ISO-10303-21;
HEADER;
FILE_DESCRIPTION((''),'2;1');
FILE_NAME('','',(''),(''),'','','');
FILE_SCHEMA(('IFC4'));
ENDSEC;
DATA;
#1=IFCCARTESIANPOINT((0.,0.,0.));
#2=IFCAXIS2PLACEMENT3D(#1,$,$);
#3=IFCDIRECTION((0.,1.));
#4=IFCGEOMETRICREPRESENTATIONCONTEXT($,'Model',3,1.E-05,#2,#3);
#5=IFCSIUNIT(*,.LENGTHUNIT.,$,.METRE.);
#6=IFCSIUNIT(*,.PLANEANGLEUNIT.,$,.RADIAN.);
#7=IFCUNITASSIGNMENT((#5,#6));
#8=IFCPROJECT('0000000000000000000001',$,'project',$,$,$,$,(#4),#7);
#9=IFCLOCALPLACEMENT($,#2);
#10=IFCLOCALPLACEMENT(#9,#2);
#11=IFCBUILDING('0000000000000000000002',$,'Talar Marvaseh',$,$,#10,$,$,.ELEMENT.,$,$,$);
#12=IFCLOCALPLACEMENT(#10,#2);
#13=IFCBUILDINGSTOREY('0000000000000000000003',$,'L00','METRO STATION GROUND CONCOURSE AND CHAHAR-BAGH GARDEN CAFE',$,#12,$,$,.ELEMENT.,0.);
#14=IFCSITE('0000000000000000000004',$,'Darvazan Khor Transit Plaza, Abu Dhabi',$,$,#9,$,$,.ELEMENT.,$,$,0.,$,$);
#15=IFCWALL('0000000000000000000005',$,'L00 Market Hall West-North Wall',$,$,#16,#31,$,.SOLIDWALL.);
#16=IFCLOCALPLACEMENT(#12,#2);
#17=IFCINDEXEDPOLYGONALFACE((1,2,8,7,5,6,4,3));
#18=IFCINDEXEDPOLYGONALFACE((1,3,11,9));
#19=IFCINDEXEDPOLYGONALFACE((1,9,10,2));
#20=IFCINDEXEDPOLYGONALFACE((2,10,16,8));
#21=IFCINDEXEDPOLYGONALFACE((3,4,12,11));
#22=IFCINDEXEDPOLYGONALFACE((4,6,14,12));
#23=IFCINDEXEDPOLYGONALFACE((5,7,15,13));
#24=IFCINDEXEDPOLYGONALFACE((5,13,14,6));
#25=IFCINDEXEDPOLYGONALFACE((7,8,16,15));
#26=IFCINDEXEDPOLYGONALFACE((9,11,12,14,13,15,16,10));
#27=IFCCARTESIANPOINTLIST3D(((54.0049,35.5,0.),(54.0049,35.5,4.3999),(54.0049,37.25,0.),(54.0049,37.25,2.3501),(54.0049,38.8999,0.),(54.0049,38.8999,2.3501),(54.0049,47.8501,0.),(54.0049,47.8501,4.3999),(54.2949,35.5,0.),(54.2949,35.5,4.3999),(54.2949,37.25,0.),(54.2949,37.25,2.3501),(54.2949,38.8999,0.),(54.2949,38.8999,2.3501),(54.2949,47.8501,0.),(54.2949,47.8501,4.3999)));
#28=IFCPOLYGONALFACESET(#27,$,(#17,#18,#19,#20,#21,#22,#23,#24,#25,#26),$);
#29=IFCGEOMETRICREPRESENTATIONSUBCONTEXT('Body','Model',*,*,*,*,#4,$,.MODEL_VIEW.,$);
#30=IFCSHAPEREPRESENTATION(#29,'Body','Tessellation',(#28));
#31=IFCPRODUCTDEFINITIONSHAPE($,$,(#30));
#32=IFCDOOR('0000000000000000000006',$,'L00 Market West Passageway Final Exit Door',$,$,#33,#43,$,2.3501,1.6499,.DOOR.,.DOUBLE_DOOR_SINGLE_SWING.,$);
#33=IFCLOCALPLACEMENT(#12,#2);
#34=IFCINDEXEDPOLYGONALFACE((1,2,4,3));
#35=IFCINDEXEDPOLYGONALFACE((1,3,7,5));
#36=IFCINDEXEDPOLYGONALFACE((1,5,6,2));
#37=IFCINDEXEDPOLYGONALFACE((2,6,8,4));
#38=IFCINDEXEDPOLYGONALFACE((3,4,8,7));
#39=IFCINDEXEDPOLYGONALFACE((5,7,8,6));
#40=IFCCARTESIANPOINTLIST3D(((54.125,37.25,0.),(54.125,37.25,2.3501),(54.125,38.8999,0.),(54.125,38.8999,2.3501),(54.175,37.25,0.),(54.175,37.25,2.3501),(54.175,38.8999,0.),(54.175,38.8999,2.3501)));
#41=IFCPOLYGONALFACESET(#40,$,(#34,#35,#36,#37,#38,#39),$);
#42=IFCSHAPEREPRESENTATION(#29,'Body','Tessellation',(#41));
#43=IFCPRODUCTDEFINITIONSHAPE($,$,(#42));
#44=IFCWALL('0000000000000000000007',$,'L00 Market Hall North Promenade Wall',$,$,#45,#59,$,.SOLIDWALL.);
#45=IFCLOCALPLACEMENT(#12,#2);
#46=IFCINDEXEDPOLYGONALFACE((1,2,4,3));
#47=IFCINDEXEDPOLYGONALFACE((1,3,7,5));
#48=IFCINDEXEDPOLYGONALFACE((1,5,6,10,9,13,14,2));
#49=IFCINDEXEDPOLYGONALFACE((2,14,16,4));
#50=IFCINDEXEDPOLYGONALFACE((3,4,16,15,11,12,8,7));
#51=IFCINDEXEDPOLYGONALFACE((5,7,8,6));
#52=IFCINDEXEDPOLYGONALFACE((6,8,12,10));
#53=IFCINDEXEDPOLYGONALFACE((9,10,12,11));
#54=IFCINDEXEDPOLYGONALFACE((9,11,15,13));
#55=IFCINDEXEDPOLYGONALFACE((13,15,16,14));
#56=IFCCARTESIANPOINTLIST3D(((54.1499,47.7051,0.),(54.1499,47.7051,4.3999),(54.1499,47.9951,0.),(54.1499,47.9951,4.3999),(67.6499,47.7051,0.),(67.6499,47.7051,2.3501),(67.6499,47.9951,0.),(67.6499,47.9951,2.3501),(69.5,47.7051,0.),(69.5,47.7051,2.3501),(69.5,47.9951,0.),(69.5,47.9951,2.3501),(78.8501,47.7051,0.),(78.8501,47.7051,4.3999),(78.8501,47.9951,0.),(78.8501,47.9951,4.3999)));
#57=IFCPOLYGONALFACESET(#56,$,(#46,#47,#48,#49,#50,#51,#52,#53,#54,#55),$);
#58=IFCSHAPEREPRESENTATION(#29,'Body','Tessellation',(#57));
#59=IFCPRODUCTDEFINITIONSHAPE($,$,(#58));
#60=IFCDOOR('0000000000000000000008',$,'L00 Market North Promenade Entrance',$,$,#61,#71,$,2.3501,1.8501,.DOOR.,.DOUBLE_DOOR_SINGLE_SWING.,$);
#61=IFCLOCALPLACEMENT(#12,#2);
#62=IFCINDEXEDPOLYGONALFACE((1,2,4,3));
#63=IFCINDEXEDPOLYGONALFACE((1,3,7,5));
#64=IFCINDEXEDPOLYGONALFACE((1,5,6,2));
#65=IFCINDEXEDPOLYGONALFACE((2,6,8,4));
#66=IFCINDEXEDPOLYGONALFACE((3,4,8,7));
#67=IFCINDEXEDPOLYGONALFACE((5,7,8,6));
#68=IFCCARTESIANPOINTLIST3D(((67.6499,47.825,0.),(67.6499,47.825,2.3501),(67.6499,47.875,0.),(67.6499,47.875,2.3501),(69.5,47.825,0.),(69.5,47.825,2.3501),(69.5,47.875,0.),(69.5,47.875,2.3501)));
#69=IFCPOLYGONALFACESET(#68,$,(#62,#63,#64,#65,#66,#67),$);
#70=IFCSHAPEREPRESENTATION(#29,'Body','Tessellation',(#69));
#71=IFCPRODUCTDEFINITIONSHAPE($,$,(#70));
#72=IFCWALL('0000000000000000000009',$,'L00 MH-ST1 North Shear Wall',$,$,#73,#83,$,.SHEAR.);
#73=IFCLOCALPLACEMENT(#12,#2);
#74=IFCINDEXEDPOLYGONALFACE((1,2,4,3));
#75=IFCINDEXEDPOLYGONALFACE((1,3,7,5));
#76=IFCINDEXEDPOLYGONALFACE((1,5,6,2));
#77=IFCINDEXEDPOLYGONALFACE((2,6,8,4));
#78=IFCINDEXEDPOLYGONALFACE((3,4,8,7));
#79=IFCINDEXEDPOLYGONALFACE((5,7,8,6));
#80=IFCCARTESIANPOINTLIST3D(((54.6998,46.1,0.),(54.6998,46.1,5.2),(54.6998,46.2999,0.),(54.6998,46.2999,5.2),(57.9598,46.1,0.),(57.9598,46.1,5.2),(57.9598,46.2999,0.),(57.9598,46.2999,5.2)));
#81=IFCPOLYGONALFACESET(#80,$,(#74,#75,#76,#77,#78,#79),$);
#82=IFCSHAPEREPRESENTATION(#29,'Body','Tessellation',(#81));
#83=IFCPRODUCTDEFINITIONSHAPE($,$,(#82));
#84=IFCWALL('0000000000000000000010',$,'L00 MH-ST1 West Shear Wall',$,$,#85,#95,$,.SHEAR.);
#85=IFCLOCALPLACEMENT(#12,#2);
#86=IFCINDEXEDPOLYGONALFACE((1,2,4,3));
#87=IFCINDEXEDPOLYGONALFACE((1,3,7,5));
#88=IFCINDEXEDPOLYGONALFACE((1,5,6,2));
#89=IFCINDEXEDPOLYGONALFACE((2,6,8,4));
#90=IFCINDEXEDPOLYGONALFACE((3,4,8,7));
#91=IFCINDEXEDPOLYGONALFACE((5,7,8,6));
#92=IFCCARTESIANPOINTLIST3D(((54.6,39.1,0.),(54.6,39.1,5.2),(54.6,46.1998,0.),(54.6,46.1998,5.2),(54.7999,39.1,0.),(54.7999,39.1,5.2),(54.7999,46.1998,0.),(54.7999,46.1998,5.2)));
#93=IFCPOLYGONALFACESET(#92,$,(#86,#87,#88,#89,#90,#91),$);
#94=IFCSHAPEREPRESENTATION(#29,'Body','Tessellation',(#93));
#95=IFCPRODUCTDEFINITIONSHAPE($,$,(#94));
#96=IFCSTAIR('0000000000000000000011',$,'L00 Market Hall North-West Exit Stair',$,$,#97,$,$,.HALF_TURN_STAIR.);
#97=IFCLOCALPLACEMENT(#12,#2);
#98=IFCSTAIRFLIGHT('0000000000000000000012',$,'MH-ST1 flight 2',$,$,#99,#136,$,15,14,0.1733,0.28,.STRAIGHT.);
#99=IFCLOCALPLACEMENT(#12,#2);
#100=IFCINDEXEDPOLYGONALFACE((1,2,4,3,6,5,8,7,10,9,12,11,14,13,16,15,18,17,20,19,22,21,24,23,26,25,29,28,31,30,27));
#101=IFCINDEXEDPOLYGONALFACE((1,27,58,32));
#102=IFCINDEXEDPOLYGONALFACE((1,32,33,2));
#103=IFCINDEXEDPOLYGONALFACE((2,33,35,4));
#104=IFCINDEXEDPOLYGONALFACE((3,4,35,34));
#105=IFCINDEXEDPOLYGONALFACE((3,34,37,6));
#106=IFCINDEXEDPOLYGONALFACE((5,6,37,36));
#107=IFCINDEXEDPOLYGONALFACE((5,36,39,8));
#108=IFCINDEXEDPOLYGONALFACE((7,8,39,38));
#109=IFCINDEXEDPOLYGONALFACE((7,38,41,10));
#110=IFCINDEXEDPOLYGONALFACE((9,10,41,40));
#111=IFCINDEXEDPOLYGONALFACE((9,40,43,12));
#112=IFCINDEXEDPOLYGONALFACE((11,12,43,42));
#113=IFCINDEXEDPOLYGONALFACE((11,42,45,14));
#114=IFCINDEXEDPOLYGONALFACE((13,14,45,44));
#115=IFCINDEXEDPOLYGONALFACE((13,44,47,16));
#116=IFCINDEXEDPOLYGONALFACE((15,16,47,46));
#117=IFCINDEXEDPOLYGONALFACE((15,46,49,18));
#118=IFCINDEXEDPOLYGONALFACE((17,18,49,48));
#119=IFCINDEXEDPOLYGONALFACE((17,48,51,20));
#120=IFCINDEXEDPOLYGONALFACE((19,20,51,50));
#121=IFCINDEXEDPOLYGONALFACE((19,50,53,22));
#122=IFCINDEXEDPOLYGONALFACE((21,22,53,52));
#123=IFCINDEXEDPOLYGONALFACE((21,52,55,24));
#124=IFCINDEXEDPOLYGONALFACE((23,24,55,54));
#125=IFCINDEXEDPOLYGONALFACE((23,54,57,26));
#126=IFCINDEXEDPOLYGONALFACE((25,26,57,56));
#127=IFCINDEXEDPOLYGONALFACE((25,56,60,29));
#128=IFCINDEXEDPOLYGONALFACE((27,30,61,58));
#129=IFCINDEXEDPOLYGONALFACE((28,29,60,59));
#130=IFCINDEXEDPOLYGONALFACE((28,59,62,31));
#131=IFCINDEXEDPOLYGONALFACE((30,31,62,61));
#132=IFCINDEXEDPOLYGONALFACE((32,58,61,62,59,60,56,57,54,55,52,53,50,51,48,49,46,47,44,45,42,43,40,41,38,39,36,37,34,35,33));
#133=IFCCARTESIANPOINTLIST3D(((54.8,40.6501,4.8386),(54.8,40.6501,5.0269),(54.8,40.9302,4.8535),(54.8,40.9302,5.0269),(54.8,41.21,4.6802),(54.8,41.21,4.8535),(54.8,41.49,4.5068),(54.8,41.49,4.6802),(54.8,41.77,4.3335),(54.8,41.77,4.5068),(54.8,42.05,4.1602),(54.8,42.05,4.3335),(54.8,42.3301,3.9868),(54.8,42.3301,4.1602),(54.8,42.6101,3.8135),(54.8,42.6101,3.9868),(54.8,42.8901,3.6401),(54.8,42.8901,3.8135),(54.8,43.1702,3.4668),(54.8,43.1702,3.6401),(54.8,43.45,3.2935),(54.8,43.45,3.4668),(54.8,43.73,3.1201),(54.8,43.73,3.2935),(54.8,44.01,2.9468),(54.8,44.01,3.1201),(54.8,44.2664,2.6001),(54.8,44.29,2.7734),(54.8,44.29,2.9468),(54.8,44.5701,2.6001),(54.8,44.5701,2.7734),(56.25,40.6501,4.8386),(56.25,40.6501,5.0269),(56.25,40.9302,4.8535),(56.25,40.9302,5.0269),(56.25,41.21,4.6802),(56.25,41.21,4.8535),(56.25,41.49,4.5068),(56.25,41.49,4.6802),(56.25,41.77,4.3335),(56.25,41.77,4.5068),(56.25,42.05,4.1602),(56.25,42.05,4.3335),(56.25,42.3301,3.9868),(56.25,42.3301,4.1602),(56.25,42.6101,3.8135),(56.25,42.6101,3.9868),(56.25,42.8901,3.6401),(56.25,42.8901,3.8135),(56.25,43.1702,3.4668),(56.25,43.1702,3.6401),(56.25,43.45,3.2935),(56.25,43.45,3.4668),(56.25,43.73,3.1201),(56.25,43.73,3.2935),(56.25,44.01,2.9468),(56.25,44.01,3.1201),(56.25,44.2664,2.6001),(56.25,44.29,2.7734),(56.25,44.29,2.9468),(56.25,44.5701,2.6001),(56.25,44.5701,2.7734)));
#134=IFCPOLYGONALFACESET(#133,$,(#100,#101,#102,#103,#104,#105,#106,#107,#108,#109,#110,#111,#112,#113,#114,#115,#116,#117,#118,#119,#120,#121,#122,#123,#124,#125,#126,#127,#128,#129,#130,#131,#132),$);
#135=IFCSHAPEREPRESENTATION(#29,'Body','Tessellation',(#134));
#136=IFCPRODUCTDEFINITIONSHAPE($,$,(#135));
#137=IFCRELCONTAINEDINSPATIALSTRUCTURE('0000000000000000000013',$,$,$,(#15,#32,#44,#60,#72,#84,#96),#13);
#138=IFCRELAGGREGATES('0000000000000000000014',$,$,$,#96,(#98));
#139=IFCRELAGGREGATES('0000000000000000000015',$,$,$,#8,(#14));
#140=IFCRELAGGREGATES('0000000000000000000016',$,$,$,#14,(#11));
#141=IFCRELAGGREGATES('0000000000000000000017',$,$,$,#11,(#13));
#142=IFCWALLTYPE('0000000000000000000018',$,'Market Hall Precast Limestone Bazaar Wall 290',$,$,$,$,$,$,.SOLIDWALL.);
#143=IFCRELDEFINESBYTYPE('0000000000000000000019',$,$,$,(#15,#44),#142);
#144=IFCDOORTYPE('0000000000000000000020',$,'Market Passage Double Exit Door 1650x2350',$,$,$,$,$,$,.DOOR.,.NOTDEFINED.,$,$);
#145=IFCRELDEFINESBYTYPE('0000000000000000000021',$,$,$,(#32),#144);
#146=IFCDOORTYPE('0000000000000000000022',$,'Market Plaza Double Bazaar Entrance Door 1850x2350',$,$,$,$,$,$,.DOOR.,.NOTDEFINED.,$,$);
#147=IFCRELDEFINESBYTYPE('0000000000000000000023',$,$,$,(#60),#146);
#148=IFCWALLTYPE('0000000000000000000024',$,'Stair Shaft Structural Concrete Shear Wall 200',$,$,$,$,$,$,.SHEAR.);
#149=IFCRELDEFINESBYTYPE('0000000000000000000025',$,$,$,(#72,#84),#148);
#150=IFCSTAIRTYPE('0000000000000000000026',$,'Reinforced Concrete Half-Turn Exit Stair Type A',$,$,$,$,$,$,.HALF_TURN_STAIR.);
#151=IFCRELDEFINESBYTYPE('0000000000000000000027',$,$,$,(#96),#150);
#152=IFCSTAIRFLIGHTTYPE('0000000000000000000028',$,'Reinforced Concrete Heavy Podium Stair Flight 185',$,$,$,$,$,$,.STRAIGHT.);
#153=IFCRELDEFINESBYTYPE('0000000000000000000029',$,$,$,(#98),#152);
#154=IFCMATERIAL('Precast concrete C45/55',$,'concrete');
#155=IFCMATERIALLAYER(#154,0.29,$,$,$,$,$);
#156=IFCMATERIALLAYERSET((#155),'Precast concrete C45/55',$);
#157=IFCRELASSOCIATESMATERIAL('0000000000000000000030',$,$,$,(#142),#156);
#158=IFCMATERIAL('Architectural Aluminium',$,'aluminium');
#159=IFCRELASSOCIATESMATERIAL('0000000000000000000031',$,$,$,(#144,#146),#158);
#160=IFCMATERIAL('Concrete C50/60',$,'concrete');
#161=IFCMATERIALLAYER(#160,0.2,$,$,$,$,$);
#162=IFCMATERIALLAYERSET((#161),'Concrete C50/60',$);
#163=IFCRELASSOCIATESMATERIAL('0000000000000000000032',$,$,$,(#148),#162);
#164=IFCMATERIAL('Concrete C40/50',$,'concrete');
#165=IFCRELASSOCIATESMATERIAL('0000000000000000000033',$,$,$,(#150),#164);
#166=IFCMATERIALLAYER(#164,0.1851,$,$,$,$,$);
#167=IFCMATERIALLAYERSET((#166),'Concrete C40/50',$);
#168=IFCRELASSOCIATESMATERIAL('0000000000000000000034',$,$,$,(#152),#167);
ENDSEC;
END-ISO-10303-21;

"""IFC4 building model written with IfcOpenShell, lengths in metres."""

from ifc_helpers import new_model, si_unit, direction, frame, frame_2d, origin, place, context, subcontext, project, spatial, polyline, rectangle, outline, extrude, source, transform, mapped, material, layer, layer_set, type_object, type_shapes, element, fill, aggregate, save


model = new_model("IFC4")

# Units and contexts
model_context = context("Model", 3, precision=1e-05, world=origin(), true_north=direction((0.0, 1.0)))
body_context = subcontext(model_context, "Body", "Model", "MODEL_VIEW")
ifc_project = project(units=[si_unit("LENGTHUNIT", "METRE"), si_unit("PLANEANGLEUNIT", "RADIAN")], contexts=[model_context])

# Site, building, storey
site_placement = place(None, origin())
site = spatial("IfcSite", under=ifc_project, at=site_placement, Name="Darvazan Khor Transit Plaza, Abu Dhabi", CompositionType="ELEMENT", RefElevation=0.0)
building_placement = place(site_placement, origin())
building = spatial("IfcBuilding", under=site, at=building_placement, Name="Talar Marvaseh", CompositionType="ELEMENT")
storey_placement = place(building_placement, origin())
storey = spatial("IfcBuildingStorey", under=building, at=storey_placement, Name="L00", Description="METRO STATION GROUND CONCOURSE AND CHAHAR-BAGH GARDEN CAFE", CompositionType="ELEMENT", Elevation=0.0)

# Shared definitions
ifc_material_1 = material(Name="Concrete C40/50", Category="concrete")

# Shared definitions
ifc_material_2 = material(Name="Architectural Aluminium", Category="aluminium")

# Shared definitions
ifc_material_3 = material(Name="Precast concrete C45/55", Category="concrete")

# Walls, openings, doors
ifc_layer_1 = layer(ifc_material_3, 0.29)
ifc_layer_set_1 = layer_set([ifc_layer_1], Name="Precast concrete C45/55")
wall_type_1 = type_object("IfcWallType", Name="Market Hall Precast Limestone Bazaar Wall 290", PredefinedType="SOLIDWALL", material=ifc_layer_set_1)
wall_1_placement = place(storey_placement, frame((54.1499, 35.5, 0.0), z_axis=(0.0, 0.0, 1.0), x_axis=(0.0, 1.0, 0.0)))
wall_1 = element("IfcWall", 1, at=wall_1_placement, inside=storey, type_object=wall_type_1, Name="L00 Market Hall West-North Wall", PredefinedType="SOLIDWALL", context=body_context, shape_type="SweptSolid", body=[
    extrude(rectangle(XDim=12.3501, YDim=0.29, at=frame_2d((6.175, 0.0))), origin(), (0.0, 0.0, 1.0), 4.3999),
])
opening_1_placement = place(wall_1_placement, frame((1.75, 0.0, 0.0)))
opening_1 = element("IfcOpeningElement", 2, at=opening_1_placement, cuts=wall_1, PredefinedType="OPENING", context=body_context, shape_type="SweptSolid", body=[
    extrude(rectangle(XDim=1.6499, YDim=2.3501, at=frame_2d((0.825, 1.175))), frame((0.0, 0.155, 0.0), z_axis=(0.0, -1.0, 0.0), x_axis=(1.0, 0.0, 0.0)), (0.0, 0.0, 1.0), 0.3101),
])
door_type_1 = type_object("IfcDoorType", Name="Market Passage Double Exit Door 1650x2350", OperationType="NOTDEFINED", PredefinedType="DOOR", material=ifc_material_2)
shared_shape_1 = source(origin(), body_context, "Body", "SweptSolid", [
    extrude(rectangle(XDim=1.6499, YDim=2.3501, at=frame_2d((0.825, 1.175))), frame((0.0, 0.0249, 0.0), z_axis=(0.0, -1.0, 0.0), x_axis=(1.0, 0.0, 0.0)), (0.0, 0.0, 1.0), 0.05),
])
type_shapes(door_type_1, [shared_shape_1])
door_1_placement = place(opening_1_placement, origin())
door_1 = element("IfcDoor", 3, at=door_1_placement, inside=storey, type_object=door_type_1, Name="L00 Market West Passageway Final Exit Door", OperationType="DOUBLE_DOOR_SINGLE_SWING", OverallHeight=2.3501, OverallWidth=1.6499, PredefinedType="DOOR", context=body_context, shape_type="MappedRepresentation", body=[
    mapped(shared_shape_1, transform((0.0, 0.0, 0.0), x_axis=(1.0, 0.0, 0.0), y_axis=(0.0, 1.0, 0.0), z_axis=(0.0, 0.0, 1.0), scale=1.0)),
])
fill(opening_1, door_1)
wall_2_placement = place(storey_placement, frame((54.1499, 47.8501, 0.0), z_axis=(0.0, 0.0, 1.0), x_axis=(1.0, 0.0, 0.0)))
wall_2 = element("IfcWall", 4, at=wall_2_placement, inside=storey, type_object=wall_type_1, Name="L00 Market Hall North Promenade Wall", PredefinedType="SOLIDWALL", context=body_context, shape_type="SweptSolid", body=[
    extrude(rectangle(XDim=24.7002, YDim=0.29, at=frame_2d((12.3501, 0.0))), origin(), (0.0, 0.0, 1.0), 4.3999),
])
opening_2_placement = place(wall_2_placement, frame((13.5, 0.0, 0.0)))
opening_2 = element("IfcOpeningElement", 5, at=opening_2_placement, cuts=wall_2, PredefinedType="OPENING", context=body_context, shape_type="SweptSolid", body=[
    extrude(rectangle(XDim=1.8501, YDim=2.3501, at=frame_2d((0.925, 1.175))), frame((0.0, 0.155, 0.0), z_axis=(0.0, -1.0, 0.0), x_axis=(1.0, 0.0, 0.0)), (0.0, 0.0, 1.0), 0.3101),
])
door_type_2 = type_object("IfcDoorType", Name="Market Plaza Double Bazaar Entrance Door 1850x2350", OperationType="NOTDEFINED", PredefinedType="DOOR", material=ifc_material_2)
shared_shape_2 = source(origin(), body_context, "Body", "SweptSolid", [
    extrude(rectangle(XDim=1.8501, YDim=2.3501, at=frame_2d((0.925, 1.175))), frame((0.0, 0.0249, 0.0), z_axis=(0.0, -1.0, 0.0), x_axis=(1.0, 0.0, 0.0)), (0.0, 0.0, 1.0), 0.05),
])
type_shapes(door_type_2, [shared_shape_2])
door_2_placement = place(opening_2_placement, origin())
door_2 = element("IfcDoor", 6, at=door_2_placement, inside=storey, type_object=door_type_2, Name="L00 Market North Promenade Entrance", OperationType="DOUBLE_DOOR_SINGLE_SWING", OverallHeight=2.3501, OverallWidth=1.8501, PredefinedType="DOOR", context=body_context, shape_type="MappedRepresentation", body=[
    mapped(shared_shape_2, transform((0.0, 0.0, 0.0), x_axis=(1.0, 0.0, 0.0), y_axis=(0.0, 1.0, 0.0), z_axis=(0.0, 0.0, 1.0), scale=1.0)),
])
fill(opening_2, door_2)

# Walls
ifc_material_4 = material(Name="Concrete C50/60", Category="concrete")
ifc_layer_2 = layer(ifc_material_4, 0.2)
ifc_layer_set_2 = layer_set([ifc_layer_2], Name="Concrete C50/60")
wall_type_2 = type_object("IfcWallType", Name="Stair Shaft Structural Concrete Shear Wall 200", PredefinedType="SHEAR", material=ifc_layer_set_2)
wall_3_placement = place(storey_placement, frame((54.7, 46.2, 0.0), z_axis=(0.0, 0.0, 1.0), x_axis=(1.0, 0.0, 0.0)))
element("IfcWall", 7, at=wall_3_placement, inside=storey, type_object=wall_type_2, Name="L00 MH-ST1 North Shear Wall", PredefinedType="SHEAR", context=body_context, shape_type="SweptSolid", body=[
    extrude(rectangle(XDim=3.26, YDim=0.2, at=frame_2d((1.6299, 0.0))), origin(), (0.0, 0.0, 1.0), 5.2),
])
wall_4_placement = place(storey_placement, frame((54.7, 39.1001, 0.0), z_axis=(0.0, 0.0, 1.0), x_axis=(0.0, 1.0, 0.0)))
element("IfcWall", 8, at=wall_4_placement, inside=storey, type_object=wall_type_2, Name="L00 MH-ST1 West Shear Wall", PredefinedType="SHEAR", context=body_context, shape_type="SweptSolid", body=[
    extrude(rectangle(XDim=7.0999, YDim=0.2, at=frame_2d((3.5498, 0.0))), origin(), (0.0, 0.0, 1.0), 5.2),
])

# Stair, stair flight
stair_type = type_object("IfcStairType", Name="Reinforced Concrete Half-Turn Exit Stair Type A", PredefinedType="HALF_TURN_STAIR", material=ifc_material_1)
stair_placement = place(storey_placement, origin())
stair = element("IfcStair", 9, at=stair_placement, inside=storey, type_object=stair_type, Name="L00 Market Hall North-West Exit Stair", PredefinedType="HALF_TURN_STAIR")
ifc_layer_3 = layer(ifc_material_1, 0.1851)
ifc_layer_set_3 = layer_set([ifc_layer_3], Name="Concrete C40/50")
stair_flight_type = type_object("IfcStairFlightType", Name="Reinforced Concrete Heavy Podium Stair Flight 185", PredefinedType="STRAIGHT", material=ifc_layer_set_3)
stair_flight_placement = place(storey_placement, frame((55.5249, 44.5701, 2.6001), z_axis=(0.0, 0.0, 1.0), x_axis=(0.0, -1.0, 0.0)))
stair_flight = element("IfcStairFlight", 10, at=stair_flight_placement, type_object=stair_flight_type, Name="MH-ST1 flight 2", NumberOfRisers=15, NumberOfTreads=14, PredefinedType="STRAIGHT", RiserHeight=0.1733, TreadLength=0.28, context=body_context, shape_type="SweptSolid", body=[
    extrude(outline(polyline([(0.0, 0.0), (0.0, 0.1733), (0.28, 0.1733), (0.28, 0.3467), (0.5601, 0.3467), (0.5601, 0.52), (0.8401, 0.52), (0.8401, 0.6934), (1.1201, 0.6934), (1.1201, 0.8667), (1.3999, 0.8667), (1.3999, 1.04), (1.6799, 1.04), (1.6799, 1.2134), (1.96, 1.2134), (1.96, 1.3867), (2.24, 1.3867), (2.24, 1.5601), (2.52, 1.5601), (2.52, 1.7334), (2.8, 1.7334), (2.8, 1.9067), (3.0801, 1.9067), (3.0801, 2.0801), (3.3601, 2.0801), (3.3601, 2.2534), (3.6399, 2.2534), (3.6399, 2.4268), (3.9199, 2.4268), (3.9199, 2.6001), (3.9199, 2.2385), (0.3037, 0.0), (0.0, 0.0)])), frame((0.0, 0.7251, 0.0), z_axis=(0.0, -1.0, 0.0), x_axis=(1.0, 0.0, 0.0)), (0.0, 0.0, 1.0), 1.45),
])
aggregate(stair, [stair_flight])

save(model, "model.ifc")
